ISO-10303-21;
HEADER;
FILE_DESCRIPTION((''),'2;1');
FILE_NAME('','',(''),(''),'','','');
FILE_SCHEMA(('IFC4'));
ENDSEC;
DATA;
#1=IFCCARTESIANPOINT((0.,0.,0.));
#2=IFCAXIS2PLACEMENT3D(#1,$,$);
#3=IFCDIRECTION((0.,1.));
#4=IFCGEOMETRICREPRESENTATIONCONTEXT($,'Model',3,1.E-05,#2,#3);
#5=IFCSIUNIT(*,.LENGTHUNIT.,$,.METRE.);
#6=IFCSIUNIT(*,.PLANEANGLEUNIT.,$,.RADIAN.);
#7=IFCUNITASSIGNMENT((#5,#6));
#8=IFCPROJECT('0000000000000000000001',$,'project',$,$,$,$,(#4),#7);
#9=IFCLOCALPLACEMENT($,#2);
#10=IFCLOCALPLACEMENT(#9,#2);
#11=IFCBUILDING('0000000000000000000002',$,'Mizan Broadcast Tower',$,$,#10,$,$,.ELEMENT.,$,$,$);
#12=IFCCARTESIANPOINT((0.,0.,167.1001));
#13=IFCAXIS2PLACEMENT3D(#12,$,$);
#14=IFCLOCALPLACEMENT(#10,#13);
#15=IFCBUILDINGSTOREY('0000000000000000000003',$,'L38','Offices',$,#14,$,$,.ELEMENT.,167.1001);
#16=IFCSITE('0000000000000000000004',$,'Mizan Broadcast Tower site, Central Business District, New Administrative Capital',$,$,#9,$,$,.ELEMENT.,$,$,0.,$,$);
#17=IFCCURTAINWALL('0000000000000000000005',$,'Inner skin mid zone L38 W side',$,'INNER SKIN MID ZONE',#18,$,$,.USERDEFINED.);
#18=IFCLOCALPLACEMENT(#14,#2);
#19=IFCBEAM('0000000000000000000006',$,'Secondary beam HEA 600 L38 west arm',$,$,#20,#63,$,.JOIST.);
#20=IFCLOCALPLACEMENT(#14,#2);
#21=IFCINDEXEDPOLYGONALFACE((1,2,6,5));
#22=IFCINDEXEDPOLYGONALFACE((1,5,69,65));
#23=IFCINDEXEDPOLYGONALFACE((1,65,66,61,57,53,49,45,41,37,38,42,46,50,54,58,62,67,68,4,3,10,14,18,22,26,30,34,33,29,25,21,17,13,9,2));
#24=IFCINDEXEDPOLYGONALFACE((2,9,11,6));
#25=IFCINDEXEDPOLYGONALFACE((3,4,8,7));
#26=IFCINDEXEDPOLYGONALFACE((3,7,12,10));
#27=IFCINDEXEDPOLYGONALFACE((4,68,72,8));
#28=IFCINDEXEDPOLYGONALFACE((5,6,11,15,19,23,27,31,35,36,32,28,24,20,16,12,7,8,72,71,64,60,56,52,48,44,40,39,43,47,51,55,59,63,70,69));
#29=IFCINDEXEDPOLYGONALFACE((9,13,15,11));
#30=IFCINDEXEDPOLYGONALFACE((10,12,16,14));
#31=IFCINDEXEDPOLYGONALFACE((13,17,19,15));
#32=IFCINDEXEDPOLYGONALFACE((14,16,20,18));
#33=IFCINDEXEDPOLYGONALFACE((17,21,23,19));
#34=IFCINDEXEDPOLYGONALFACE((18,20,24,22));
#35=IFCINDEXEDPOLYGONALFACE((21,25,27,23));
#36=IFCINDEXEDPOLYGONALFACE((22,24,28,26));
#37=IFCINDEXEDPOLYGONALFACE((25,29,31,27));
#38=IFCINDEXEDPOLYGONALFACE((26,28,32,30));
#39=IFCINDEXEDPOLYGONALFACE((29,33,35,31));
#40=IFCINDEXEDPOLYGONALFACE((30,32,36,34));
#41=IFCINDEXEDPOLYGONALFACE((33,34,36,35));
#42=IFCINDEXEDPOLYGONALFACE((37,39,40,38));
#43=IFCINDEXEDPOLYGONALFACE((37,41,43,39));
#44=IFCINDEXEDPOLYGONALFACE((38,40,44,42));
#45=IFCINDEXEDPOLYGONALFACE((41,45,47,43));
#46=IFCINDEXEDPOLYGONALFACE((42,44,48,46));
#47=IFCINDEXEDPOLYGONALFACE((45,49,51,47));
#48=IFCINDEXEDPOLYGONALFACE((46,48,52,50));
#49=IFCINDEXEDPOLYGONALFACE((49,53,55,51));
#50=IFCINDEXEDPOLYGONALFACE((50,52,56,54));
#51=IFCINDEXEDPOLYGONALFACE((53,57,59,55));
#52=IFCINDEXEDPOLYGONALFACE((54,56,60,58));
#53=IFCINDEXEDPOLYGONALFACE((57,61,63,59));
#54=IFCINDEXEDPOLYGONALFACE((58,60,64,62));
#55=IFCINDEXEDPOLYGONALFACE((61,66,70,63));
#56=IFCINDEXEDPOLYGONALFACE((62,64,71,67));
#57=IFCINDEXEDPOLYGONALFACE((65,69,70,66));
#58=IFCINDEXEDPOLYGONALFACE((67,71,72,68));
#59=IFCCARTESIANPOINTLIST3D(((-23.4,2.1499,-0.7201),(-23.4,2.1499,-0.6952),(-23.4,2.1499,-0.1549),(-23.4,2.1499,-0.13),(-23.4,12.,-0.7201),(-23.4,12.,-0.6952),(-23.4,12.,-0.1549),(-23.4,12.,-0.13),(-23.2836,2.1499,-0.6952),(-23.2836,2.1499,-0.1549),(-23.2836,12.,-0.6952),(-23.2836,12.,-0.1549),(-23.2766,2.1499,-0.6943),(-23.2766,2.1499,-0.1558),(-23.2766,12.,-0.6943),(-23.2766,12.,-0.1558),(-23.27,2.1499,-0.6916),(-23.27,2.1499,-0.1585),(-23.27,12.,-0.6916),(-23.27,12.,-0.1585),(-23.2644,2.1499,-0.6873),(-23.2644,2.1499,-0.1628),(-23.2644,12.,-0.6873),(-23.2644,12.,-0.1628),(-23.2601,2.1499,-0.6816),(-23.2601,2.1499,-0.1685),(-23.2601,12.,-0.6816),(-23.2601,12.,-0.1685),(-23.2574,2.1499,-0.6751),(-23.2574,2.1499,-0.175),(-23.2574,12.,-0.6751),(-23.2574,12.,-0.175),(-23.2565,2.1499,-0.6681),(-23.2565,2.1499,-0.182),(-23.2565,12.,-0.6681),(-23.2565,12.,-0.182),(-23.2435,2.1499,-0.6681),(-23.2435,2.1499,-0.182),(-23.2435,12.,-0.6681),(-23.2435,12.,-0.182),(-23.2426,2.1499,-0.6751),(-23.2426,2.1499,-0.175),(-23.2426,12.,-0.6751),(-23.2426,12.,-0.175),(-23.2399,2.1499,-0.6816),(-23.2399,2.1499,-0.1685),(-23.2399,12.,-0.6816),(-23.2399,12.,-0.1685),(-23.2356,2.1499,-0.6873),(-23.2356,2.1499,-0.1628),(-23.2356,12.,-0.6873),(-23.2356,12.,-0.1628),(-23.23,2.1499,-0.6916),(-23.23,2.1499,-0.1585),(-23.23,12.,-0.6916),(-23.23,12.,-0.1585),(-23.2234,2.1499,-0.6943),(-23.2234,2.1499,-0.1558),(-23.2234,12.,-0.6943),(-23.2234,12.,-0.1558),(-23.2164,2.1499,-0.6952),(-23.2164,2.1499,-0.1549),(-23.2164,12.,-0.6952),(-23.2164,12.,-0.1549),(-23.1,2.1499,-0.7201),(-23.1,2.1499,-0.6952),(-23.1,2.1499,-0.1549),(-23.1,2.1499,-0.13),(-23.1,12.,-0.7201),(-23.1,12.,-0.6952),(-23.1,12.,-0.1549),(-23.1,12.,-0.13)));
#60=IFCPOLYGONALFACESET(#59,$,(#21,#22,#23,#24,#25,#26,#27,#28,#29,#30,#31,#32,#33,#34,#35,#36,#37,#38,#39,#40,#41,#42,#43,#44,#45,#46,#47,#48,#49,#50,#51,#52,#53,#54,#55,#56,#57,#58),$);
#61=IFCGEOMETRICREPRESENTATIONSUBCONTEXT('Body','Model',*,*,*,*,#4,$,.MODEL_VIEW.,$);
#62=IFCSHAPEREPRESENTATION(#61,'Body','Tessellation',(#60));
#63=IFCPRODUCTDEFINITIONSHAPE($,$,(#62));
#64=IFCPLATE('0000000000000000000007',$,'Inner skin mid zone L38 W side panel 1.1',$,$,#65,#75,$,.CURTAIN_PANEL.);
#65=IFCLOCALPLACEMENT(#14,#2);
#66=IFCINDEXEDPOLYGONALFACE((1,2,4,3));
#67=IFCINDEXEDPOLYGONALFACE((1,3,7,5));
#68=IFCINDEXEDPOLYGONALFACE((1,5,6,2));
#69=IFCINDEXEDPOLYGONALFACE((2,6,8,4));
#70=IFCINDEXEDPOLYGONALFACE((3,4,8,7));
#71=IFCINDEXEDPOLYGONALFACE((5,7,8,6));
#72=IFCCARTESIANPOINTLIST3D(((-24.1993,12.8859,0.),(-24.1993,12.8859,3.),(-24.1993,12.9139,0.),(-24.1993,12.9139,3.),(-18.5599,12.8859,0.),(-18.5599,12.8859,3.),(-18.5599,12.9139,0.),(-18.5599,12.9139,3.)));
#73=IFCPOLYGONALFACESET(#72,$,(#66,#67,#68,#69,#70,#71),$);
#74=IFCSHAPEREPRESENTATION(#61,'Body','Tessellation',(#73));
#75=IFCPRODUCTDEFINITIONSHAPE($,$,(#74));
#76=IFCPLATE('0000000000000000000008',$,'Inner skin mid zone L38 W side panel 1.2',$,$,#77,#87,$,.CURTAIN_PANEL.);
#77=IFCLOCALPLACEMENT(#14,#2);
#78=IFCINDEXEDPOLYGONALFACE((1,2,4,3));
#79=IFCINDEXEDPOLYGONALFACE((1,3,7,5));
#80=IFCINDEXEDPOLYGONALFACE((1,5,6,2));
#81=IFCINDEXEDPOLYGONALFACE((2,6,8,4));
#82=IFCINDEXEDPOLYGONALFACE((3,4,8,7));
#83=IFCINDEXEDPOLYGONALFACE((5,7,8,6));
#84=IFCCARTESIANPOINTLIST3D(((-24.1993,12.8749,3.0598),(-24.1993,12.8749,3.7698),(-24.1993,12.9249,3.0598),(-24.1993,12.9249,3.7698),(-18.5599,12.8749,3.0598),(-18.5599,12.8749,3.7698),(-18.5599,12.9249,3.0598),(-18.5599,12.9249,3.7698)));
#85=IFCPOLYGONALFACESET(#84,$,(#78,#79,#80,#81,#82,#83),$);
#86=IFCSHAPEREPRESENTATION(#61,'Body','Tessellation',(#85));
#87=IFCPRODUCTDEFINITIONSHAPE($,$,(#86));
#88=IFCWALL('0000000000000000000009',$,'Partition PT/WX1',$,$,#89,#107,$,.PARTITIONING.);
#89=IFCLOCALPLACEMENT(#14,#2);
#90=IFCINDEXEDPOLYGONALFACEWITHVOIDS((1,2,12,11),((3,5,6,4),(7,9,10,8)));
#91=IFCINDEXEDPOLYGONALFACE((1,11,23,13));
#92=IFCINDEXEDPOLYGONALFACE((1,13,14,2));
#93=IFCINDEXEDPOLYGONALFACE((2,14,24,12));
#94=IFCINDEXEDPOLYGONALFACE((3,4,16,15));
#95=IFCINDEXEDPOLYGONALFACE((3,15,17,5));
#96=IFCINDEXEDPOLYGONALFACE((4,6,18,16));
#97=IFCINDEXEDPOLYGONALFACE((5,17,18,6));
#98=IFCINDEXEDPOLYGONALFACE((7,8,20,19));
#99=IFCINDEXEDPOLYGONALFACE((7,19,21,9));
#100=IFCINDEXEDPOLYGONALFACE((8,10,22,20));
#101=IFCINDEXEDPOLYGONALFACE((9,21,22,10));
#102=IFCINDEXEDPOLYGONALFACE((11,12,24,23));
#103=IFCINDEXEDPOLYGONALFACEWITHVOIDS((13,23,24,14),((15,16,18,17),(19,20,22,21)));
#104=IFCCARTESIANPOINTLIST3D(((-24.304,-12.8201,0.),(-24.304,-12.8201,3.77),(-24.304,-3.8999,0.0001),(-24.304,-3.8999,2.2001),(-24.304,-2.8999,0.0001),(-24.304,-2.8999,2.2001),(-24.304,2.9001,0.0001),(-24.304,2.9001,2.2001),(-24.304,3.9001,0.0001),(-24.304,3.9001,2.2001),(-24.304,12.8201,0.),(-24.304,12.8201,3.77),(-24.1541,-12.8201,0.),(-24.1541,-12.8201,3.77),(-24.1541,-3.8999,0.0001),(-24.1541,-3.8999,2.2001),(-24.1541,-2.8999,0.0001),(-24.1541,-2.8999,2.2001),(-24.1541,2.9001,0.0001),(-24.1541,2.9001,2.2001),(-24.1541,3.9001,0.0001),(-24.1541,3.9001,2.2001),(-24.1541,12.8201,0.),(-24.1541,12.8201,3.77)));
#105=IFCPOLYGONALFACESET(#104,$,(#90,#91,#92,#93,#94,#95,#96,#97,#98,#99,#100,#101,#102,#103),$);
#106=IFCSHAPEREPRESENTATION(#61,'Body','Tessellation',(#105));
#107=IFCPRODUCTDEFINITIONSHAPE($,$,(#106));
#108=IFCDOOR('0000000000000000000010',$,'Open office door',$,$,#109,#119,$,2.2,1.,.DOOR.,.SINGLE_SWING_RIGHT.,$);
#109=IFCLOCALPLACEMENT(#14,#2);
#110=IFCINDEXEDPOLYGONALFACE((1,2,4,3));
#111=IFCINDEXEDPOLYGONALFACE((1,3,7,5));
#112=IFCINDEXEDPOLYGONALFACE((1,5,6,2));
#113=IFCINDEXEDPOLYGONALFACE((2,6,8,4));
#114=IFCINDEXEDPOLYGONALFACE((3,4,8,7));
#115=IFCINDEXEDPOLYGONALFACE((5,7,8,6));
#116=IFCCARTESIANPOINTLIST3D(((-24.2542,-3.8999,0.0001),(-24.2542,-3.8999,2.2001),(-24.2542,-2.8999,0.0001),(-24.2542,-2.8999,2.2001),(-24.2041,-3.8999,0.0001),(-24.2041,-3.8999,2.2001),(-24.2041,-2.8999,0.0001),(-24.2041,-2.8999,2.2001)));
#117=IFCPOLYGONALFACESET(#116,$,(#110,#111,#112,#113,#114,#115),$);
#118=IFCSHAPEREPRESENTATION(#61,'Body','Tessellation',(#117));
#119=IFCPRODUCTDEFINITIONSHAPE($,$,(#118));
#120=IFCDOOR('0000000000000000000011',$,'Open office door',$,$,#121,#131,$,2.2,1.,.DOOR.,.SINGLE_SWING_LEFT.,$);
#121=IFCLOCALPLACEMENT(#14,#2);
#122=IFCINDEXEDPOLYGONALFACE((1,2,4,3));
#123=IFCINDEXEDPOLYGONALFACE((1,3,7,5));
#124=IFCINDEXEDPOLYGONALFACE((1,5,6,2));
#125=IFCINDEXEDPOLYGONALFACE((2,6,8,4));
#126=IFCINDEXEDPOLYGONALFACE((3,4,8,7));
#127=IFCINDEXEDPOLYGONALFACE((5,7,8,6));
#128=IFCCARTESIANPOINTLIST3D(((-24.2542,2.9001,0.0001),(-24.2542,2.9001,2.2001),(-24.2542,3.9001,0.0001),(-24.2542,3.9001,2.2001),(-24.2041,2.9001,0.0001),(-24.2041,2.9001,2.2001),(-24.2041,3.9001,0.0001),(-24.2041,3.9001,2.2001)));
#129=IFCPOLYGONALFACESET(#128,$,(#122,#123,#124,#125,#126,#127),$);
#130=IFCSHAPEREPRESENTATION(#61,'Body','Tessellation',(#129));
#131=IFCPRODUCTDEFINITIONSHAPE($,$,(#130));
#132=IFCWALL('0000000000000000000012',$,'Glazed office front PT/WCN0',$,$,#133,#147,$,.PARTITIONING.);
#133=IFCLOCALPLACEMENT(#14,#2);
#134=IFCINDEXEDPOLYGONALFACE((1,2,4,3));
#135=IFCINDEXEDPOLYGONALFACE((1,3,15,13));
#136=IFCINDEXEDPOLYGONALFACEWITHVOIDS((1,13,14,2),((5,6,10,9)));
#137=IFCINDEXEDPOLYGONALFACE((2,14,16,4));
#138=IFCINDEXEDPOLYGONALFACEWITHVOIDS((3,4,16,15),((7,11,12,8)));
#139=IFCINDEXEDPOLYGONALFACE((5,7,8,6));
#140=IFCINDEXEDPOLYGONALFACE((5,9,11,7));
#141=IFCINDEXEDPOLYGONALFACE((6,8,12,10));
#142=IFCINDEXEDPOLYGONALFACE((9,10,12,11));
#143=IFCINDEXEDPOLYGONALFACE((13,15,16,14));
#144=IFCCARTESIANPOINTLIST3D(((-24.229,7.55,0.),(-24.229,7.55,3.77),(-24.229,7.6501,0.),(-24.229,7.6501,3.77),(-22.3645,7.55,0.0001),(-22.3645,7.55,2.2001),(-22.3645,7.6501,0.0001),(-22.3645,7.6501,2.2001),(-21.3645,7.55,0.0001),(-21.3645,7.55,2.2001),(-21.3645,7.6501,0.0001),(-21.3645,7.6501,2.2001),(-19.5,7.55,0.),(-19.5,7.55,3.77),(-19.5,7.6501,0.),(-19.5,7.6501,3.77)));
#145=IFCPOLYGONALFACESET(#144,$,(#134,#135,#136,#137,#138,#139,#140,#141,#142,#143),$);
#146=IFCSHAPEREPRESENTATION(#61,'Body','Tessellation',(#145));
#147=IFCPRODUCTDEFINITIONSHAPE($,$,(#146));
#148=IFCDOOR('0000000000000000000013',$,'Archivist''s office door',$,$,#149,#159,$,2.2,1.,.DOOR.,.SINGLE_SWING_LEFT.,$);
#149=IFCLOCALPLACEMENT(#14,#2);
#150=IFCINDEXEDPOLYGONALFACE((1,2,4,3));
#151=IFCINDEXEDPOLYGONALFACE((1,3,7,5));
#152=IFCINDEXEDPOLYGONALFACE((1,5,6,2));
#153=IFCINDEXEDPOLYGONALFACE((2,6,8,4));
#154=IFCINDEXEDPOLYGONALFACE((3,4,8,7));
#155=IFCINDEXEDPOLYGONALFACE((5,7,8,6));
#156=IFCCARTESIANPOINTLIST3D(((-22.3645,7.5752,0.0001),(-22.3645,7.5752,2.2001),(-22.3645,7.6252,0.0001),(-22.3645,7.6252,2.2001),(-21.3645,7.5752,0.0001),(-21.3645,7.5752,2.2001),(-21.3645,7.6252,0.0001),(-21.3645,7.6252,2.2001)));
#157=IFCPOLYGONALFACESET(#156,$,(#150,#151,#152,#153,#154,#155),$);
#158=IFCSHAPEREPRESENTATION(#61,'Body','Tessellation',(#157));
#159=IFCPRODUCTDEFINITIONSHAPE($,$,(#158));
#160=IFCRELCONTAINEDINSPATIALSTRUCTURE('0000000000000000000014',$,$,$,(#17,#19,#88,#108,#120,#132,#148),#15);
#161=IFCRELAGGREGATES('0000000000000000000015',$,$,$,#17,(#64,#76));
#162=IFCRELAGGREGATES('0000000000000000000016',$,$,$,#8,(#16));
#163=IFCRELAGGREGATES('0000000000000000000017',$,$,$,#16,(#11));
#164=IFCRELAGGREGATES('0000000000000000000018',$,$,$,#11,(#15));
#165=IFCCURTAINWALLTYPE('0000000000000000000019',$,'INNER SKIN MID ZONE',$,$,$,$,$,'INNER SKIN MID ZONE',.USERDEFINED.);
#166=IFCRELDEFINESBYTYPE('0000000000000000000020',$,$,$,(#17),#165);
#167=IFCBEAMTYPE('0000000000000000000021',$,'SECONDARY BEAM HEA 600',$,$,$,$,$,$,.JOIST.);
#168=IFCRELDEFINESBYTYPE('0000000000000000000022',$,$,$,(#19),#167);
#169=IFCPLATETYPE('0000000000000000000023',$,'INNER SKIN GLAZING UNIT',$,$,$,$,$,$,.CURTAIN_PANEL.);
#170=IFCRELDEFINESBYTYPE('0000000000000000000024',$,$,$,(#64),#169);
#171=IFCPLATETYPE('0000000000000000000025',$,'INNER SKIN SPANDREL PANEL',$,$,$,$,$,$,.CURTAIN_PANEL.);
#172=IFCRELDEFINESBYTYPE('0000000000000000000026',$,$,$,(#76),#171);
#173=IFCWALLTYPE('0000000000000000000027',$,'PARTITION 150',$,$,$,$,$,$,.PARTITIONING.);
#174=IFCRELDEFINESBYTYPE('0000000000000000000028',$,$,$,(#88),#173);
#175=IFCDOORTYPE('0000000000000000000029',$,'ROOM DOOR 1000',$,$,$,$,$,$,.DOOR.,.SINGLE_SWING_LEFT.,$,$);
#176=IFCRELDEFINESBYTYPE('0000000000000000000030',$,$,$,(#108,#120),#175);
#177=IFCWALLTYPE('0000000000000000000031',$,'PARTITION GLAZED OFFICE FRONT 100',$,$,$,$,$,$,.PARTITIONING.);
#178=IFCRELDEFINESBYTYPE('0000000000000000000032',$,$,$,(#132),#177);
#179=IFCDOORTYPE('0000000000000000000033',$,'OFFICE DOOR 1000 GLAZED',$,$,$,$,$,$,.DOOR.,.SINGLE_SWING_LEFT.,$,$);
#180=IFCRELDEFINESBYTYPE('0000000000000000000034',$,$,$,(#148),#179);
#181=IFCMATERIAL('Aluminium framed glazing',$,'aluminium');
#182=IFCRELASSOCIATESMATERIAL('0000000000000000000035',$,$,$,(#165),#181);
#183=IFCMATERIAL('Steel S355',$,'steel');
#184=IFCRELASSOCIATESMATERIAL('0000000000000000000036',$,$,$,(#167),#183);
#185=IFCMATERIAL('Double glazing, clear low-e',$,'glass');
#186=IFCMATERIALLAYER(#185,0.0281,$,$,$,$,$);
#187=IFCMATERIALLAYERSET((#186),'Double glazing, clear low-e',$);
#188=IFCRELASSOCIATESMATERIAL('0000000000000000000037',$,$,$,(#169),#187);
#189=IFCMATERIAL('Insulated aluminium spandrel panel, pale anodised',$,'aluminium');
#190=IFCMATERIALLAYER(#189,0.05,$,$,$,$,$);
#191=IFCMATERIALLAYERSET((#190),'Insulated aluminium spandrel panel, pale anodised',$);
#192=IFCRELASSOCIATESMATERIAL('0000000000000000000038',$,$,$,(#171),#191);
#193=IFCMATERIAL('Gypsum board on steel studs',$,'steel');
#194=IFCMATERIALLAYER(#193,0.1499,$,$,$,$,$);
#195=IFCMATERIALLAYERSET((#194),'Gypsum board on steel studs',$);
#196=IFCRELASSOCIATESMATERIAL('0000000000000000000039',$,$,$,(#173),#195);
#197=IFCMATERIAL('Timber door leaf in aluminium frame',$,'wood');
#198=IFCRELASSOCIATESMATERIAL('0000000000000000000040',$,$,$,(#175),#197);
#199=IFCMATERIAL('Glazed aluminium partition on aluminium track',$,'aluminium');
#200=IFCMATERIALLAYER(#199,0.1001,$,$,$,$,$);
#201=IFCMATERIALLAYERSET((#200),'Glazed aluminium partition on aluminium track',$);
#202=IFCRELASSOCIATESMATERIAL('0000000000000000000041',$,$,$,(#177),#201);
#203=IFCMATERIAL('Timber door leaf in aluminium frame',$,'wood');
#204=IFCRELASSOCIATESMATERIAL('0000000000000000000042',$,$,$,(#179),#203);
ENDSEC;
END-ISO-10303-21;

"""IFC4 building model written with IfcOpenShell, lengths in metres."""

from ifc_helpers import new_model, si_unit, direction, frame, frame_2d, origin, origin_2d, place, context, subcontext, project, spatial, rectangle, i_section, extrude, material, layer, layer_set, material_profile, profile_set, type_object, element, fill, aggregate, save


model = new_model("IFC4")

# Units and contexts
model_context = context("Model", 3, precision=1e-05, world=origin(), true_north=direction((0.0, 1.0)))
body_context = subcontext(model_context, "Body", "Model", "MODEL_VIEW")
ifc_project = project(units=[si_unit("LENGTHUNIT", "METRE"), si_unit("PLANEANGLEUNIT", "RADIAN")], contexts=[model_context])

# Site, building, storey
site_placement = place(None, origin())
site = spatial("IfcSite", under=ifc_project, at=site_placement, Name="Mizan Broadcast Tower site, Central Business District, New Administrative Capital", CompositionType="ELEMENT", RefElevation=0.0)
building_placement = place(site_placement, origin())
building = spatial("IfcBuilding", under=site, at=building_placement, Name="Mizan Broadcast Tower", CompositionType="ELEMENT")
storey_placement = place(building_placement, frame((0.0, 0.0, 167.1001)))
storey = spatial("IfcBuildingStorey", under=building, at=storey_placement, Name="L38", Description="Offices", CompositionType="ELEMENT", Elevation=167.1001)

# Curtain wall
ifc_material_1 = material(Name="Aluminium framed glazing", Category="aluminium")
curtain_wall_type = type_object("IfcCurtainWallType", Name="INNER SKIN MID ZONE", ElementType="INNER SKIN MID ZONE", PredefinedType="USERDEFINED", material=ifc_material_1)
curtain_wall_placement = place(storey_placement, origin())
curtain_wall = element("IfcCurtainWall", 1, at=curtain_wall_placement, inside=storey, type_object=curtain_wall_type, Name="Inner skin mid zone L38 W side", ObjectType="INNER SKIN MID ZONE", PredefinedType="USERDEFINED")

# Beam
ifc_material_2 = material(Name="Steel S355", Category="steel")
ifc_material_profile_1 = material_profile(ifc_material_2, i_section(OverallWidth=0.3, OverallDepth=0.5901, WebThickness=0.0129, FlangeThickness=0.0249, FilletRadius=0.0271, at=origin_2d()), Name="HEA 600")
ifc_profile_set_1 = profile_set([ifc_material_profile_1], Name="Steel S355")
beam_type_1 = type_object("IfcBeamType", Name="SECONDARY BEAM HEA 600", PredefinedType="JOIST", material=ifc_profile_set_1)
for number, where, z_axis, x_axis, name in (
    (2, (-23.25, 12.0, -0.425), (0.0, -1.0, 0.0), (1.0, 0.0, 0.0), "Secondary beam HEA 600 L38 west arm"),
):
    element("IfcBeam", number, at=place(storey_placement, frame(where, z_axis=z_axis, x_axis=x_axis)), inside=storey, type_object=beam_type_1, Name=name, PredefinedType="JOIST", context=body_context, shape_type="SweptSolid", body=[
        extrude(i_section(OverallWidth=0.3, OverallDepth=0.5901, WebThickness=0.0129, FlangeThickness=0.0249, FilletRadius=0.0271, at=origin_2d()), origin(), (0.0, 0.0, 1.0), 9.8501),
    ])

# Plates
ifc_material_3 = material(Name="Double glazing, clear low-e", Category="glass")
ifc_layer_1 = layer(ifc_material_3, 0.0281)
ifc_layer_set_1 = layer_set([ifc_layer_1], Name="Double glazing, clear low-e")
plate_type_1 = type_object("IfcPlateType", Name="INNER SKIN GLAZING UNIT", PredefinedType="CURTAIN_PANEL", material=ifc_layer_set_1)
plate_1_placement = place(storey_placement, frame((-21.3796, 12.8999, 0.0), z_axis=(0.0, 0.0, 1.0), x_axis=(-1.0, 0.0, 0.0)))
plate_1 = element("IfcPlate", 3, at=plate_1_placement, type_object=plate_type_1, Name="Inner skin mid zone L38 W side panel 1.1", PredefinedType="CURTAIN_PANEL", context=body_context, shape_type="SweptSolid", body=[
    extrude(rectangle(XDim=5.6394, YDim=0.0281, at=origin_2d()), origin(), (0.0, 0.0, 1.0), 3.0),
])
ifc_material_4 = material(Name="Insulated aluminium spandrel panel, pale anodised", Category="aluminium")
ifc_layer_2 = layer(ifc_material_4, 0.05)
ifc_layer_set_2 = layer_set([ifc_layer_2], Name="Insulated aluminium spandrel panel, pale anodised")
plate_type_2 = type_object("IfcPlateType", Name="INNER SKIN SPANDREL PANEL", PredefinedType="CURTAIN_PANEL", material=ifc_layer_set_2)
plate_2_placement = place(storey_placement, frame((-21.3796, 12.8999, 3.0598), z_axis=(0.0, 0.0, 1.0), x_axis=(-1.0, 0.0, 0.0)))
plate_2 = element("IfcPlate", 4, at=plate_2_placement, type_object=plate_type_2, Name="Inner skin mid zone L38 W side panel 1.2", PredefinedType="CURTAIN_PANEL", context=body_context, shape_type="SweptSolid", body=[
    extrude(rectangle(XDim=5.6394, YDim=0.05, at=origin_2d()), origin(), (0.0, 0.0, 1.0), 0.71),
])
aggregate(curtain_wall, [plate_1, plate_2])

# Wall, openings, doors
ifc_material_5 = material(Name="Gypsum board on steel studs", Category="steel")
ifc_layer_3 = layer(ifc_material_5, 0.1499)
ifc_layer_set_3 = layer_set([ifc_layer_3], Name="Gypsum board on steel studs")
wall_type_1 = type_object("IfcWallType", Name="PARTITION 150", PredefinedType="PARTITIONING", material=ifc_layer_set_3)
wall_1_placement = place(storey_placement, frame((-24.229, 12.8201, 0.0), z_axis=(0.0, 0.0, 1.0), x_axis=(0.0, -1.0, 0.0)))
wall_1 = element("IfcWall", 5, at=wall_1_placement, inside=storey, type_object=wall_type_1, Name="Partition PT/WX1", PredefinedType="PARTITIONING", context=body_context, shape_type="SweptSolid", body=[
    extrude(rectangle(XDim=25.6401, YDim=0.1499, at=frame_2d((12.8201, 0.0))), origin(), (0.0, 0.0, 1.0), 3.77),
])
opening_1_placement = place(wall_1_placement, frame((15.72, 0.0, 0.0)))
opening_1 = element("IfcOpeningElement", 6, at=opening_1_placement, cuts=wall_1, PredefinedType="OPENING", context=body_context, shape_type="SweptSolid", body=[
    extrude(rectangle(XDim=1.0, YDim=2.2, at=frame_2d((0.5, 1.1001))), frame((0.0, 0.085, 0.0), z_axis=(0.0, -1.0, 0.0), x_axis=(1.0, 0.0, 0.0)), (0.0, 0.0, 1.0), 0.1699),
])
opening_2_placement = place(wall_1_placement, frame((8.9199, 0.0, 0.0)))
opening_2 = element("IfcOpeningElement", 7, at=opening_2_placement, cuts=wall_1, PredefinedType="OPENING", context=body_context, shape_type="SweptSolid", body=[
    extrude(rectangle(XDim=1.0, YDim=2.2, at=frame_2d((0.5, 1.1001))), frame((0.0, 0.085, 0.0), z_axis=(0.0, -1.0, 0.0), x_axis=(1.0, 0.0, 0.0)), (0.0, 0.0, 1.0), 0.1699),
])
ifc_material_6 = material(Name="Timber door leaf in aluminium frame", Category="wood")
door_type_1 = type_object("IfcDoorType", Name="ROOM DOOR 1000", OperationType="SINGLE_SWING_LEFT", PredefinedType="DOOR", material=ifc_material_6)
door_1_placement = place(opening_1_placement, origin())
door_1 = element("IfcDoor", 8, at=door_1_placement, inside=storey, type_object=door_type_1, Name="Open office door", OperationType="SINGLE_SWING_RIGHT", OverallHeight=2.2, OverallWidth=1.0, PredefinedType="DOOR", context=body_context, shape_type="SweptSolid", body=[
    extrude(rectangle(XDim=1.0, YDim=2.2, at=frame_2d((0.5, 1.1001))), frame((0.0, 0.0249, 0.0), z_axis=(0.0, -1.0, 0.0), x_axis=(1.0, 0.0, 0.0)), (0.0, 0.0, 1.0), 0.05),
])
fill(opening_1, door_1)
door_2_placement = place(opening_2_placement, origin())
door_2 = element("IfcDoor", 9, at=door_2_placement, inside=storey, type_object=door_type_1, Name="Open office door", OperationType="SINGLE_SWING_LEFT", OverallHeight=2.2, OverallWidth=1.0, PredefinedType="DOOR", context=body_context, shape_type="SweptSolid", body=[
    extrude(rectangle(XDim=1.0, YDim=2.2, at=frame_2d((0.5, 1.1001))), frame((0.0, 0.0249, 0.0), z_axis=(0.0, -1.0, 0.0), x_axis=(1.0, 0.0, 0.0)), (0.0, 0.0, 1.0), 0.05),
])
fill(opening_2, door_2)

# Wall, opening, door
ifc_material_7 = material(Name="Glazed aluminium partition on aluminium track", Category="aluminium")
ifc_layer_4 = layer(ifc_material_7, 0.1001)
ifc_layer_set_4 = layer_set([ifc_layer_4], Name="Glazed aluminium partition on aluminium track")
wall_type_2 = type_object("IfcWallType", Name="PARTITION GLAZED OFFICE FRONT 100", PredefinedType="PARTITIONING", material=ifc_layer_set_4)
wall_2_placement = place(storey_placement, frame((-19.5, 7.6001, 0.0), z_axis=(0.0, 0.0, 1.0), x_axis=(-1.0, 0.0, 0.0)))
wall_2 = element("IfcWall", 10, at=wall_2_placement, inside=storey, type_object=wall_type_2, Name="Glazed office front PT/WCN0", PredefinedType="PARTITIONING", context=body_context, shape_type="SweptSolid", body=[
    extrude(rectangle(XDim=4.729, YDim=0.1001, at=frame_2d((2.3645, 0.0))), origin(), (0.0, 0.0, 1.0), 3.77),
])
opening_3_placement = place(wall_2_placement, frame((1.8645, 0.0, 0.0)))
opening_3 = element("IfcOpeningElement", 11, at=opening_3_placement, cuts=wall_2, PredefinedType="OPENING", context=body_context, shape_type="SweptSolid", body=[
    extrude(rectangle(XDim=1.0, YDim=2.2, at=frame_2d((0.5, 1.1001))), frame((0.0, 0.0601, 0.0), z_axis=(0.0, -1.0, 0.0), x_axis=(1.0, 0.0, 0.0)), (0.0, 0.0, 1.0), 0.1201),
])
ifc_material_8 = material(Name="Timber door leaf in aluminium frame", Category="wood")
door_type_2 = type_object("IfcDoorType", Name="OFFICE DOOR 1000 GLAZED", OperationType="SINGLE_SWING_LEFT", PredefinedType="DOOR", material=ifc_material_8)
door_3_placement = place(opening_3_placement, origin())
door_3 = element("IfcDoor", 12, at=door_3_placement, inside=storey, type_object=door_type_2, Name="Archivist's office door", OperationType="SINGLE_SWING_LEFT", OverallHeight=2.2, OverallWidth=1.0, PredefinedType="DOOR", context=body_context, shape_type="SweptSolid", body=[
    extrude(rectangle(XDim=1.0, YDim=2.2, at=frame_2d((0.5, 1.1001))), frame((0.0, 0.0249, 0.0), z_axis=(0.0, -1.0, 0.0), x_axis=(1.0, 0.0, 0.0)), (0.0, 0.0, 1.0), 0.05),
])
fill(opening_3, door_3)

save(model, "model.ifc")
